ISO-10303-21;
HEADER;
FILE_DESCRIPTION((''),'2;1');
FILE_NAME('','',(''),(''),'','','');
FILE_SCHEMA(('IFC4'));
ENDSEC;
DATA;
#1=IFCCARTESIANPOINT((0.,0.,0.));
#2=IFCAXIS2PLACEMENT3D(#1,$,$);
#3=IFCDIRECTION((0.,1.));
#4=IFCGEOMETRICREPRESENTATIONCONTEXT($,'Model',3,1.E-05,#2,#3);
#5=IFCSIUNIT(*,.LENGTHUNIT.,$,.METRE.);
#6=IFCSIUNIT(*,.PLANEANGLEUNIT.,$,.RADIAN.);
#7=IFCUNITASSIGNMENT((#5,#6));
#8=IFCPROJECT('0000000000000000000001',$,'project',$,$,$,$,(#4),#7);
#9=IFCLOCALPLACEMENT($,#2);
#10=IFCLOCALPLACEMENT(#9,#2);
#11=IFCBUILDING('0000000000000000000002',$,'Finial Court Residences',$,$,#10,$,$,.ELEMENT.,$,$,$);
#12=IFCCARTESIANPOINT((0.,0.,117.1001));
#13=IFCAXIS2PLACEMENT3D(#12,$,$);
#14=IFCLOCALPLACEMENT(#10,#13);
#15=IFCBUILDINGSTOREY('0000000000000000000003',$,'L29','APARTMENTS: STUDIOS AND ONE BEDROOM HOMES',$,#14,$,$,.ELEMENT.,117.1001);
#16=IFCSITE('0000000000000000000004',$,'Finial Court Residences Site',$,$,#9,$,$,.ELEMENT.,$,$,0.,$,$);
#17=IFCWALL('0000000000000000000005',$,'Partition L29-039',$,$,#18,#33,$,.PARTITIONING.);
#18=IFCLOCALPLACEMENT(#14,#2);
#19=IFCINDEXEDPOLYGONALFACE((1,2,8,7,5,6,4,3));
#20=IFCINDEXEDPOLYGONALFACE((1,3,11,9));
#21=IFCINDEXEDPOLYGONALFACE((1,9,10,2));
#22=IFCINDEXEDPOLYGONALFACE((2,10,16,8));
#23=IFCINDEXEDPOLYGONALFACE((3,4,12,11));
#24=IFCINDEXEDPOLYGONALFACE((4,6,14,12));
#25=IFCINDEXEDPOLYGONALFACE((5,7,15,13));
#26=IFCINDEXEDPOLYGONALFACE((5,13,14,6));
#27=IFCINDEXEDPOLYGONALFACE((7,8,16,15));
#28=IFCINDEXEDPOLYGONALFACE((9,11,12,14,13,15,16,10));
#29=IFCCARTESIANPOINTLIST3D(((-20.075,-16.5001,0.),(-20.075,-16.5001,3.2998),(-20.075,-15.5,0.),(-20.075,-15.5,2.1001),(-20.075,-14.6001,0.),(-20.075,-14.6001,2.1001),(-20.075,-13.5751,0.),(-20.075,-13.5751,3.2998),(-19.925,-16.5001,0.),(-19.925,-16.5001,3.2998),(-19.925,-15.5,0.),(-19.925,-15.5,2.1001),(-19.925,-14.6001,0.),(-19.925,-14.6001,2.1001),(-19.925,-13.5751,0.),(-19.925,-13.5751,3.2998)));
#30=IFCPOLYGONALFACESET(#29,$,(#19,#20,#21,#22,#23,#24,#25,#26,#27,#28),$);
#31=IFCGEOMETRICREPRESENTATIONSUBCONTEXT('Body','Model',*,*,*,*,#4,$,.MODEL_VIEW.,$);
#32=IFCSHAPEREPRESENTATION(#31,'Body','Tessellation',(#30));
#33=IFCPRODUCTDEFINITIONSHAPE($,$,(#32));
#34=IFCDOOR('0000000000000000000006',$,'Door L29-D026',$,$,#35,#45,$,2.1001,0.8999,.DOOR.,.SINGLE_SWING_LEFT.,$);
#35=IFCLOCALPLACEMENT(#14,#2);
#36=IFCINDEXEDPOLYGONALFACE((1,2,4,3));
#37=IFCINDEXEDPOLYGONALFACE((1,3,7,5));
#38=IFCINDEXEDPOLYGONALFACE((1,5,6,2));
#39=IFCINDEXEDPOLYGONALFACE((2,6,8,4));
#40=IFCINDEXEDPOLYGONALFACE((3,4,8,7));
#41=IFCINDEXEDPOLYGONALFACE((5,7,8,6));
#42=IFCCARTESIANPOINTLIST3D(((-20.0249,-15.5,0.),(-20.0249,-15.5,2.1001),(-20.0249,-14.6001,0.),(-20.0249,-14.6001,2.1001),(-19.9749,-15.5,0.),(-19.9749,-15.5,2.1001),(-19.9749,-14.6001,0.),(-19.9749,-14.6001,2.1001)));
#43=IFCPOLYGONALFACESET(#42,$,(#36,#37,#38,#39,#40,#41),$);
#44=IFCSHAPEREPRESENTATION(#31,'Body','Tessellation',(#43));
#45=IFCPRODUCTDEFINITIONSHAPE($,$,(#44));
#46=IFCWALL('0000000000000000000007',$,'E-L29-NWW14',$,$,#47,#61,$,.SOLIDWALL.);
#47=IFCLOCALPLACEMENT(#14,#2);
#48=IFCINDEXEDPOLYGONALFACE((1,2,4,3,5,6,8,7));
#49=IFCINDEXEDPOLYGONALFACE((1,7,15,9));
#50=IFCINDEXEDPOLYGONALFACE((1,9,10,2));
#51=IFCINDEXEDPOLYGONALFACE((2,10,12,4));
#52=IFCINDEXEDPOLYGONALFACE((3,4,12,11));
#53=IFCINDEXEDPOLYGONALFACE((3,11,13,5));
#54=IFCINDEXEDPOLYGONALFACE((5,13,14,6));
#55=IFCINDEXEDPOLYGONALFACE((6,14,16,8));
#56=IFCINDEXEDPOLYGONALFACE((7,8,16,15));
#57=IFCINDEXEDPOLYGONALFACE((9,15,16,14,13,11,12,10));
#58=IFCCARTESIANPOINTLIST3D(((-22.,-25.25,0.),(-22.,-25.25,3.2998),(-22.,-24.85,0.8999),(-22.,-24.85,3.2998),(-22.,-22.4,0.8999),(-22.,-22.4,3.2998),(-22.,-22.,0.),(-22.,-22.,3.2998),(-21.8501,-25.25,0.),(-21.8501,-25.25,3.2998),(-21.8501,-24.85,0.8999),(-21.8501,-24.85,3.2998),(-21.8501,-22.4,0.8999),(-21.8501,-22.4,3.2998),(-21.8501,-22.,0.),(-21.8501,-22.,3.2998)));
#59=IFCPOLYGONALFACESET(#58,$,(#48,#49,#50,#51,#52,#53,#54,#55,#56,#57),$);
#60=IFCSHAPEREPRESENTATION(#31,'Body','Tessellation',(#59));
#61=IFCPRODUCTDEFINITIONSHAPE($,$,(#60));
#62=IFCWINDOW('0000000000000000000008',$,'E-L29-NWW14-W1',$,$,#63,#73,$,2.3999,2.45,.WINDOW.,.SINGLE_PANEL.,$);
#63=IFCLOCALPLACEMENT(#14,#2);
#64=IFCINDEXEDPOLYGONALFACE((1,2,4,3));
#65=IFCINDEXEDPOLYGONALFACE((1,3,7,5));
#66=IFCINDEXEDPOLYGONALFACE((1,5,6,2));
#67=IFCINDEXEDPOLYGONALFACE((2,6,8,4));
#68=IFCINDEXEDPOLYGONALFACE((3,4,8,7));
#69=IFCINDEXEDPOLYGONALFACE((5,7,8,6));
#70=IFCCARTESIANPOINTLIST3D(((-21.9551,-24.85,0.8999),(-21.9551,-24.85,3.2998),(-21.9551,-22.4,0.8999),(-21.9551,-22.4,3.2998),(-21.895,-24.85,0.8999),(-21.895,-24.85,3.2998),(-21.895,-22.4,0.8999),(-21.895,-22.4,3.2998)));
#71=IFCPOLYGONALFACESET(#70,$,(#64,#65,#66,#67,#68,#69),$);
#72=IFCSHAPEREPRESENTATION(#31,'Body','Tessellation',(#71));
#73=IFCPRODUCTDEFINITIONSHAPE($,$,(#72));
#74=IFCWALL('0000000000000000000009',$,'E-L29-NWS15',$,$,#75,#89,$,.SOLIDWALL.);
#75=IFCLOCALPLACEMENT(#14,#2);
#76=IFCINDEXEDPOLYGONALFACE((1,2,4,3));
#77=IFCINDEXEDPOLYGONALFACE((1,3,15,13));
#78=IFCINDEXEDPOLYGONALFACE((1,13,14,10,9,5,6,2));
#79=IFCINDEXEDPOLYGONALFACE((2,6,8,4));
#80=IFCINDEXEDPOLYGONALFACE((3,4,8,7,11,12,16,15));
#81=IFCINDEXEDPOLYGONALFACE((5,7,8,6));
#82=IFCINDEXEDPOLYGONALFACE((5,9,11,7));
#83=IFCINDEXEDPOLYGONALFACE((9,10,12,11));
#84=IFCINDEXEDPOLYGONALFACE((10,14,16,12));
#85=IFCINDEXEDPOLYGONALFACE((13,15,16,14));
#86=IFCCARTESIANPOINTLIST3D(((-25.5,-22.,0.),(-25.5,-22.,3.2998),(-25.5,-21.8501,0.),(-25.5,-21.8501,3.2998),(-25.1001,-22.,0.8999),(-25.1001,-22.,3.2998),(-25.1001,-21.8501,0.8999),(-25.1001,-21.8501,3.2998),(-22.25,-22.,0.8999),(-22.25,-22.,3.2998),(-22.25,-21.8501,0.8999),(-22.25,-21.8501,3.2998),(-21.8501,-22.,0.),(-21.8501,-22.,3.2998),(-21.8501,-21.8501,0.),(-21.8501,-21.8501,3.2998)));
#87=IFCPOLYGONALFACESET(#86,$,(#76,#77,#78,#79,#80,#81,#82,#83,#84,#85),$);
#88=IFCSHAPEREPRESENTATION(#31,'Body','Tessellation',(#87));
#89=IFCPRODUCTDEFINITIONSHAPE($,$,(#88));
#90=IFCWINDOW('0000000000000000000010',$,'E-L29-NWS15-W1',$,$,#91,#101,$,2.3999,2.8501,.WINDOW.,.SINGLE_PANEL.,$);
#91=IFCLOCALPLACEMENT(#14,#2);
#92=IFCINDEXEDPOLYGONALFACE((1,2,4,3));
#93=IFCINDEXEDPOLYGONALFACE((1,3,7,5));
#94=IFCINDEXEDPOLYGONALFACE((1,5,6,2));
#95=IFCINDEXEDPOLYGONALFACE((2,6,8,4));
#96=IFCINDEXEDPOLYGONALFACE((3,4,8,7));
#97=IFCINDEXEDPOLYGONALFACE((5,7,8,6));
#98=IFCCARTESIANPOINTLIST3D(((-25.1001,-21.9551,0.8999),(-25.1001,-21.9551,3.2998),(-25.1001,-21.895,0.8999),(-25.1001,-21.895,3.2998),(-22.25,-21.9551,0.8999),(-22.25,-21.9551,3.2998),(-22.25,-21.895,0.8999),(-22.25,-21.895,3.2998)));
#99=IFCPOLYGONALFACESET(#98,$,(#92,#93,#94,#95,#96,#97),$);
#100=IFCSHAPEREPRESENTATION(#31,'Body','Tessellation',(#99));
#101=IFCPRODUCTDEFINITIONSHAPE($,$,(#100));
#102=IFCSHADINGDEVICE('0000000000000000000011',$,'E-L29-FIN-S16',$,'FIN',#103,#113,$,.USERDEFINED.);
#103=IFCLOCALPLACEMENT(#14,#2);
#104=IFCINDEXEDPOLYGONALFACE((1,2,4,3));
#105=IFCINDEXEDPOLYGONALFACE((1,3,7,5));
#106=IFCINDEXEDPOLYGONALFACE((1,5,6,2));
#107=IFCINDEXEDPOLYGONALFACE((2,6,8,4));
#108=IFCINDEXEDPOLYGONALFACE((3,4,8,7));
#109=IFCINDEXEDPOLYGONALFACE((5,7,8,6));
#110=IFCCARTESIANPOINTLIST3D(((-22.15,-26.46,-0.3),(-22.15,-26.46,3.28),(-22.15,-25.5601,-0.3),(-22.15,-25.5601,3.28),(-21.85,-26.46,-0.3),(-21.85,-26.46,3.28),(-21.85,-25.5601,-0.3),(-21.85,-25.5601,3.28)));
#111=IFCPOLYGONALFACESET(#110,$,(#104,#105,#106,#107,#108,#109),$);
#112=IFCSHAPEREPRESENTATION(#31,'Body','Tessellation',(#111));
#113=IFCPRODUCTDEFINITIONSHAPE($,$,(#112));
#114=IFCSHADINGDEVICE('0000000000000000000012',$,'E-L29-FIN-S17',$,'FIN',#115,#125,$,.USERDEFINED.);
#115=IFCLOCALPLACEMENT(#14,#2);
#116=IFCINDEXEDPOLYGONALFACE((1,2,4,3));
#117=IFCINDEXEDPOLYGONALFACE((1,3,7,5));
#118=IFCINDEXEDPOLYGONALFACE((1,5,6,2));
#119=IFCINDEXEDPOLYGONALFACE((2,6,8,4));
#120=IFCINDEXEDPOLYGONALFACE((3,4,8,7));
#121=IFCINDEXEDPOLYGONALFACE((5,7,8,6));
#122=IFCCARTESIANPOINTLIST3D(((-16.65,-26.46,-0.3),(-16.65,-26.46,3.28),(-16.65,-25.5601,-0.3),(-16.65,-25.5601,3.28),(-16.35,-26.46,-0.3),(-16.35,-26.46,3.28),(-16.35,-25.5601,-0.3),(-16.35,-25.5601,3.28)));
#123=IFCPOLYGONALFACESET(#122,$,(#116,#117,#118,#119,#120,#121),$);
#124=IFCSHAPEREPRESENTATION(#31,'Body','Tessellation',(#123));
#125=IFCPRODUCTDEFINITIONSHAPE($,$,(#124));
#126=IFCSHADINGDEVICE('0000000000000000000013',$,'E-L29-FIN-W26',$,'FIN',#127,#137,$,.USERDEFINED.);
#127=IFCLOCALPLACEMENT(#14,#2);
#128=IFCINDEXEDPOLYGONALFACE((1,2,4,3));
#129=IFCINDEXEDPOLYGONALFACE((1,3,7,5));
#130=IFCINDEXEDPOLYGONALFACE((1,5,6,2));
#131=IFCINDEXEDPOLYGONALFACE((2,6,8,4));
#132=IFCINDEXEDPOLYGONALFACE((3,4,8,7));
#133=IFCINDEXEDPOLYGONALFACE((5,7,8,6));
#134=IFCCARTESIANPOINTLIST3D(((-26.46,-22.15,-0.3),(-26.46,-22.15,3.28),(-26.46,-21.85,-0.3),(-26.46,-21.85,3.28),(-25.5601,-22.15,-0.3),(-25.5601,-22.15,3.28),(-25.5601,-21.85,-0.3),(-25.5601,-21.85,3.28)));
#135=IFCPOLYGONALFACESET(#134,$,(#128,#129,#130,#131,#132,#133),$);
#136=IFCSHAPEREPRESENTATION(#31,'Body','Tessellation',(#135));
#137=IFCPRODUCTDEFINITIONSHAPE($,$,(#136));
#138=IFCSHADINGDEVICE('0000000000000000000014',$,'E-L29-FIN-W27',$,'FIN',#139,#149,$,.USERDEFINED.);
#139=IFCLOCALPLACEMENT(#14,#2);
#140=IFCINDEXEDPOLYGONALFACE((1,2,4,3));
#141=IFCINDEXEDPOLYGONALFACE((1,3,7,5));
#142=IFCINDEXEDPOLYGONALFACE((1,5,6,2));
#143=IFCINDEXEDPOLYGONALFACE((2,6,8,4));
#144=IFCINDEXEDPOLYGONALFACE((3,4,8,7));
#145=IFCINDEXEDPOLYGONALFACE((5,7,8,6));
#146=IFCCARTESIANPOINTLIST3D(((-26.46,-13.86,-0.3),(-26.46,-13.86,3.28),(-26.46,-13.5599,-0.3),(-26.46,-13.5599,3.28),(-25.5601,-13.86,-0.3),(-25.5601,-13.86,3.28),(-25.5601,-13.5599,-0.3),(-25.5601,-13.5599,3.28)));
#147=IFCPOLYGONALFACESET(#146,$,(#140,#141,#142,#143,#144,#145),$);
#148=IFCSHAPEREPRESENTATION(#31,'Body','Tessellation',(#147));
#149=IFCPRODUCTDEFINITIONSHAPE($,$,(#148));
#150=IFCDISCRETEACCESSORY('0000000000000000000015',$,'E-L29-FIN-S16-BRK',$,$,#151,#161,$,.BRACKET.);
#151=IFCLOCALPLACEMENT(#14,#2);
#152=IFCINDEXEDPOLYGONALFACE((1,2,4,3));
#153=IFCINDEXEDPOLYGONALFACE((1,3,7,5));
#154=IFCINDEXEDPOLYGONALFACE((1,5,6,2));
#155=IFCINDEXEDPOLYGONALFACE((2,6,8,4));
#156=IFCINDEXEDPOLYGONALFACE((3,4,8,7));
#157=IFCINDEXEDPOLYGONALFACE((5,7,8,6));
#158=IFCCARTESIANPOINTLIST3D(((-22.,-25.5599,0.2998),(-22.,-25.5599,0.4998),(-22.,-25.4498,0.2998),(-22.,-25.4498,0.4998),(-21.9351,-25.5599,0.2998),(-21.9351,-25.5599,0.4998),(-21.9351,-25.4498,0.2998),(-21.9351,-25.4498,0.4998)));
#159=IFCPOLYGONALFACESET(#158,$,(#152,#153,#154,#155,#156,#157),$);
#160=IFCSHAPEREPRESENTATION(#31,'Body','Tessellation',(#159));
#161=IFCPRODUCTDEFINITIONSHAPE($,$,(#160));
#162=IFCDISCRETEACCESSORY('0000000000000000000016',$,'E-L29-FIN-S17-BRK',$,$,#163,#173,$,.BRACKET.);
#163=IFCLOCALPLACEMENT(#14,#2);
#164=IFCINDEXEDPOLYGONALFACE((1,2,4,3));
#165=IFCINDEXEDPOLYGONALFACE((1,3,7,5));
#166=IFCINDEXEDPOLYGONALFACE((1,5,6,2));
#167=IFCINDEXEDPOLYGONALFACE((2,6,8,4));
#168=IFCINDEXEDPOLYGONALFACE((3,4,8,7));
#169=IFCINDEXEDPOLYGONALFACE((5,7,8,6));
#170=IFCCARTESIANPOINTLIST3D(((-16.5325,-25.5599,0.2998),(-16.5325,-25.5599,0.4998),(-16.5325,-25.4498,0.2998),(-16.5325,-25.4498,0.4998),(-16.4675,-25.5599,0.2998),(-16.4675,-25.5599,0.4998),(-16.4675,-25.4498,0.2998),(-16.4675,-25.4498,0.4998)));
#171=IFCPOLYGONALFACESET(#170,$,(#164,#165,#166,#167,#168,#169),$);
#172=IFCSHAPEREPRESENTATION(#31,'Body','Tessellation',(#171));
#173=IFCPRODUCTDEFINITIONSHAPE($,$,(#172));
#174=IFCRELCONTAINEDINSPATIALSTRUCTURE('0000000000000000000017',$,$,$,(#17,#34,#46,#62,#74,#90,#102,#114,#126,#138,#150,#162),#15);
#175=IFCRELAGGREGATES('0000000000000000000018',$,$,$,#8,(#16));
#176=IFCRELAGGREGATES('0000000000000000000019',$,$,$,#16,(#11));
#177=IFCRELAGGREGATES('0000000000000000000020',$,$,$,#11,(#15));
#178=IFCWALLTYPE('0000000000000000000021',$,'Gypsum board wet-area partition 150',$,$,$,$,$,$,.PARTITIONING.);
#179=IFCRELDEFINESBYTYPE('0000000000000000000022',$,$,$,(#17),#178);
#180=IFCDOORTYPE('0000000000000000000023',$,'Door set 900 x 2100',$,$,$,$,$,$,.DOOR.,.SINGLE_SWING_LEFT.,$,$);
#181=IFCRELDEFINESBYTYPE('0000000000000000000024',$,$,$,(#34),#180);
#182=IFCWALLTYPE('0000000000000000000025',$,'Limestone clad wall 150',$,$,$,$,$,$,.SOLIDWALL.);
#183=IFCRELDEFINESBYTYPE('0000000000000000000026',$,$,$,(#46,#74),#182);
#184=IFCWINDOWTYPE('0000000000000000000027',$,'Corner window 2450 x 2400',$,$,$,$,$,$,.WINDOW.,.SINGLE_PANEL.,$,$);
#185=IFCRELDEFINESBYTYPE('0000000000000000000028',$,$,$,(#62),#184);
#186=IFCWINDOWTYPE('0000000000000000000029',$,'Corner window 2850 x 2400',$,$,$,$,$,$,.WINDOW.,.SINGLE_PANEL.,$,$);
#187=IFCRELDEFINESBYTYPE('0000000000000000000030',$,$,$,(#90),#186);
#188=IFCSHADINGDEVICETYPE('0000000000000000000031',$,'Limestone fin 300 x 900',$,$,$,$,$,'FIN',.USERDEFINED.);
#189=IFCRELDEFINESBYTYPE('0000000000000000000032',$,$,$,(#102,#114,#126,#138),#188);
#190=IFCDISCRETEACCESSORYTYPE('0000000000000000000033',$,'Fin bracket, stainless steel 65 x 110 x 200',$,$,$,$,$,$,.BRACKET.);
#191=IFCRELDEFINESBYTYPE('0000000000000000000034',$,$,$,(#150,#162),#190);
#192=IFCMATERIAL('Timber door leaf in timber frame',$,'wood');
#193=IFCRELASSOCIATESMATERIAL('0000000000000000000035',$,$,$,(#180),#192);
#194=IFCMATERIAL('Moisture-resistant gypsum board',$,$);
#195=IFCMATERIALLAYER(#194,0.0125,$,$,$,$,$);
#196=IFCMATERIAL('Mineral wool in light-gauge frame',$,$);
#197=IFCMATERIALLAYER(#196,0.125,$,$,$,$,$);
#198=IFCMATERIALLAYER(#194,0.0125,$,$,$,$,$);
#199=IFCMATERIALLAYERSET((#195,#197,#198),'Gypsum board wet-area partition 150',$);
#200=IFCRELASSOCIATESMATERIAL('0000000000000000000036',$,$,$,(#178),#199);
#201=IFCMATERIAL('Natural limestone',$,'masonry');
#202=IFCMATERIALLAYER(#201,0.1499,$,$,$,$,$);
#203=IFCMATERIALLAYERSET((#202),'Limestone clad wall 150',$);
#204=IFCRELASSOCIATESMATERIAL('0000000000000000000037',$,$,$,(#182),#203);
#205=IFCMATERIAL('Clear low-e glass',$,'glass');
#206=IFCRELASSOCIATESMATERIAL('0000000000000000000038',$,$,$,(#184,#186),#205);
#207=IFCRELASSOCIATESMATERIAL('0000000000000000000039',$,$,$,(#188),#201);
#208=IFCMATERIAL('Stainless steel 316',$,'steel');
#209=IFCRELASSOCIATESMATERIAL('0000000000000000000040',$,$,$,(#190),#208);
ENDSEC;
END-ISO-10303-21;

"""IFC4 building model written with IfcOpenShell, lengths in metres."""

from ifc_helpers import new_model, si_unit, direction, frame, frame_2d, origin, origin_2d, place, context, subcontext, project, spatial, rectangle, extrude, material, layer, layer_set, type_object, element, fill, save


model = new_model("IFC4")

# Units and contexts
model_context = context("Model", 3, precision=1e-05, world=origin(), true_north=direction((0.0, 1.0)))
body_context = subcontext(model_context, "Body", "Model", "MODEL_VIEW")
ifc_project = project(units=[si_unit("LENGTHUNIT", "METRE"), si_unit("PLANEANGLEUNIT", "RADIAN")], contexts=[model_context])

# Site, building, storey
site_placement = place(None, origin())
site = spatial("IfcSite", under=ifc_project, at=site_placement, Name="Finial Court Residences Site", CompositionType="ELEMENT", RefElevation=0.0)
building_placement = place(site_placement, origin())
building = spatial("IfcBuilding", under=site, at=building_placement, Name="Finial Court Residences", CompositionType="ELEMENT")
storey_placement = place(building_placement, frame((0.0, 0.0, 117.1001)))
storey = spatial("IfcBuildingStorey", under=building, at=storey_placement, Name="L29", Description="APARTMENTS: STUDIOS AND ONE BEDROOM HOMES", CompositionType="ELEMENT", Elevation=117.1001)

# Shared definitions
ifc_material_1 = material(Name="Clear low-e glass", Category="glass")

# Shared definitions
ifc_material_2 = material(Name="Mineral wool in light-gauge frame")
ifc_material_3 = material(Name="Timber door leaf in timber frame", Category="wood")
door_type = type_object("IfcDoorType", Name="Door set 900 x 2100", OperationType="SINGLE_SWING_LEFT", PredefinedType="DOOR", material=ifc_material_3)

# Shared definitions
ifc_material_4 = material(Name="Moisture-resistant gypsum board")
ifc_layer_1 = layer(ifc_material_4, 0.0125)
ifc_layer_2 = layer(ifc_material_2, 0.125)
ifc_layer_3 = layer(ifc_material_4, 0.0125)
ifc_layer_set_1 = layer_set([ifc_layer_1, ifc_layer_2, ifc_layer_3], Name="Gypsum board wet-area partition 150")
wall_type_1 = type_object("IfcWallType", Name="Gypsum board wet-area partition 150", PredefinedType="PARTITIONING", material=ifc_layer_set_1)

# Wall, opening, door
wall_1_placement = place(storey_placement, frame((-20.0, -16.5, 0.0), z_axis=(0.0, 0.0, 1.0), x_axis=(0.0, 1.0, 0.0)))
wall_1 = element("IfcWall", 1, at=wall_1_placement, inside=storey, type_object=wall_type_1, Name="Partition L29-039", PredefinedType="PARTITIONING", context=body_context, shape_type="SweptSolid", body=[
    extrude(rectangle(XDim=2.925, YDim=0.1499, at=frame_2d((1.4624, 0.0))), origin(), (0.0, 0.0, 1.0), 3.2998),
])
opening_1_placement = place(wall_1_placement, frame((1.0, 0.0, 0.0)))
opening_1 = element("IfcOpeningElement", 2, at=opening_1_placement, cuts=wall_1, PredefinedType="OPENING", context=body_context, shape_type="SweptSolid", body=[
    extrude(rectangle(XDim=0.8999, YDim=2.1001, at=frame_2d((0.45, 1.05))), frame((0.0, 0.085, 0.0), z_axis=(0.0, -1.0, 0.0), x_axis=(1.0, 0.0, 0.0)), (0.0, 0.0, 1.0), 0.1699),
])
door_1_placement = place(opening_1_placement, origin())
door_1 = element("IfcDoor", 3, at=door_1_placement, inside=storey, type_object=door_type, Name="Door L29-D026", OperationType="SINGLE_SWING_LEFT", OverallHeight=2.1001, OverallWidth=0.8999, PredefinedType="DOOR", context=body_context, shape_type="SweptSolid", body=[
    extrude(rectangle(XDim=0.8999, YDim=2.1001, at=frame_2d((0.45, 1.05))), frame((0.0, 0.0249, 0.0), z_axis=(0.0, -1.0, 0.0), x_axis=(1.0, 0.0, 0.0)), (0.0, 0.0, 1.0), 0.05),
])
fill(opening_1, door_1)

# Walls, openings, windows
ifc_material_5 = material(Name="Natural limestone", Category="masonry")
ifc_layer_4 = layer(ifc_material_5, 0.1499)
ifc_layer_set_2 = layer_set([ifc_layer_4], Name="Limestone clad wall 150")
wall_type_2 = type_object("IfcWallType", Name="Limestone clad wall 150", PredefinedType="SOLIDWALL", material=ifc_layer_set_2)
wall_2_placement = place(storey_placement, frame((-21.925, -25.25, 0.0), z_axis=(0.0, 0.0, 1.0), x_axis=(0.0, 1.0, 0.0)))
wall_2 = element("IfcWall", 4, at=wall_2_placement, inside=storey, type_object=wall_type_2, Name="E-L29-NWW14", PredefinedType="SOLIDWALL", context=body_context, shape_type="SweptSolid", body=[
    extrude(rectangle(XDim=3.25, YDim=0.1499, at=frame_2d((1.625, 0.0))), origin(), (0.0, 0.0, 1.0), 3.2998),
])
opening_2_placement = place(wall_2_placement, frame((0.3999, 0.0, 0.8999)))
opening_2 = element("IfcOpeningElement", 5, at=opening_2_placement, cuts=wall_2, PredefinedType="OPENING", context=body_context, shape_type="SweptSolid", body=[
    extrude(rectangle(XDim=2.45, YDim=2.3999, at=frame_2d((1.2251, 1.2))), frame((0.0, 0.085, 0.0), z_axis=(0.0, -1.0, 0.0), x_axis=(1.0, 0.0, 0.0)), (0.0, 0.0, 1.0), 0.1699),
])
window_type_1 = type_object("IfcWindowType", Name="Corner window 2450 x 2400", PartitioningType="SINGLE_PANEL", PredefinedType="WINDOW", material=ifc_material_1)
window_1_placement = place(opening_2_placement, origin())
window_1 = element("IfcWindow", 6, at=window_1_placement, inside=storey, type_object=window_type_1, Name="E-L29-NWW14-W1", OverallHeight=2.3999, OverallWidth=2.45, PartitioningType="SINGLE_PANEL", PredefinedType="WINDOW", context=body_context, shape_type="SweptSolid", body=[
    extrude(rectangle(XDim=2.45, YDim=2.3999, at=frame_2d((1.2251, 1.2))), frame((0.0, 0.03, 0.0), z_axis=(0.0, -1.0, 0.0), x_axis=(1.0, 0.0, 0.0)), (0.0, 0.0, 1.0), 0.0601),
])
fill(opening_2, window_1)
wall_3_placement = place(storey_placement, frame((-21.8501, -21.925, 0.0), z_axis=(0.0, 0.0, 1.0), x_axis=(-1.0, 0.0, 0.0)))
wall_3 = element("IfcWall", 7, at=wall_3_placement, inside=storey, type_object=wall_type_2, Name="E-L29-NWS15", PredefinedType="SOLIDWALL", context=body_context, shape_type="SweptSolid", body=[
    extrude(rectangle(XDim=3.6499, YDim=0.1499, at=frame_2d((1.825, 0.0))), origin(), (0.0, 0.0, 1.0), 3.2998),
])
opening_3_placement = place(wall_3_placement, frame((0.3999, 0.0, 0.8999)))
opening_3 = element("IfcOpeningElement", 8, at=opening_3_placement, cuts=wall_3, PredefinedType="OPENING", context=body_context, shape_type="SweptSolid", body=[
    extrude(rectangle(XDim=2.8501, YDim=2.3999, at=frame_2d((1.425, 1.2))), frame((0.0, 0.085, 0.0), z_axis=(0.0, -1.0, 0.0), x_axis=(1.0, 0.0, 0.0)), (0.0, 0.0, 1.0), 0.1699),
])
window_type_2 = type_object("IfcWindowType", Name="Corner window 2850 x 2400", PartitioningType="SINGLE_PANEL", PredefinedType="WINDOW", material=ifc_material_1)
window_2_placement = place(opening_3_placement, origin())
window_2 = element("IfcWindow", 9, at=window_2_placement, inside=storey, type_object=window_type_2, Name="E-L29-NWS15-W1", OverallHeight=2.3999, OverallWidth=2.8501, PartitioningType="SINGLE_PANEL", PredefinedType="WINDOW", context=body_context, shape_type="SweptSolid", body=[
    extrude(rectangle(XDim=2.8501, YDim=2.3999, at=frame_2d((1.425, 1.2))), frame((0.0, 0.03, 0.0), z_axis=(0.0, -1.0, 0.0), x_axis=(1.0, 0.0, 0.0)), (0.0, 0.0, 1.0), 0.0601),
])
fill(opening_3, window_2)

# Shading devices
shading_device_type = type_object("IfcShadingDeviceType", Name="Limestone fin 300 x 900", ElementType="FIN", PredefinedType="USERDEFINED", material=ifc_material_5)
for number, where, z_axis, x_axis, name in (
    (10, (-22.0, -26.01, -0.3), (0.0, 0.0, 1.0), (1.0, 0.0, 0.0), "E-L29-FIN-S16"),
    (11, (-16.5, -26.01, -0.3), (0.0, 0.0, 1.0), (1.0, 0.0, 0.0), "E-L29-FIN-S17"),
):
    element("IfcShadingDevice", number, at=place(storey_placement, frame(where, z_axis=z_axis, x_axis=x_axis)), inside=storey, type_object=shading_device_type, Name=name, ObjectType="FIN", PredefinedType="USERDEFINED", context=body_context, shape_type="SweptSolid", body=[
        extrude(rectangle(XDim=0.3, YDim=0.8999, at=origin_2d()), origin(), (0.0, 0.0, 1.0), 3.5801),
    ])
for number, where, z_axis, x_axis, name in (
    (12, (-26.01, -22.0, -0.3), (0.0, 0.0, 1.0), (1.0, 0.0, 0.0), "E-L29-FIN-W26"),
    (13, (-26.01, -13.71, -0.3), (0.0, 0.0, 1.0), (1.0, 0.0, 0.0), "E-L29-FIN-W27"),
):
    element("IfcShadingDevice", number, at=place(storey_placement, frame(where, z_axis=z_axis, x_axis=x_axis)), inside=storey, type_object=shading_device_type, Name=name, ObjectType="FIN", PredefinedType="USERDEFINED", context=body_context, shape_type="SweptSolid", body=[
        extrude(rectangle(XDim=0.8999, YDim=0.3, at=origin_2d()), origin(), (0.0, 0.0, 1.0), 3.5801),
    ])

# Discrete accessories
ifc_material_6 = material(Name="Stainless steel 316", Category="steel")
discrete_accessory_type = type_object("IfcDiscreteAccessoryType", Name="Fin bracket, stainless steel 65 x 110 x 200", PredefinedType="BRACKET", material=ifc_material_6)
for number, where, z_axis, x_axis, name in (
    (14, (-21.9675, -25.5049, 0.2998), (0.0, 0.0, 1.0), (1.0, 0.0, 0.0), "E-L29-FIN-S16-BRK"),
    (15, (-16.5, -25.5049, 0.2998), (0.0, 0.0, 1.0), (1.0, 0.0, 0.0), "E-L29-FIN-S17-BRK"),
):
    element("IfcDiscreteAccessory", number, at=place(storey_placement, frame(where, z_axis=z_axis, x_axis=x_axis)), inside=storey, type_object=discrete_accessory_type, Name=name, PredefinedType="BRACKET", context=body_context, shape_type="SweptSolid", body=[
        extrude(rectangle(XDim=0.0649, YDim=0.1101, at=origin_2d()), origin(), (0.0, 0.0, 1.0), 0.2),
    ])

save(model, "model.ifc")
